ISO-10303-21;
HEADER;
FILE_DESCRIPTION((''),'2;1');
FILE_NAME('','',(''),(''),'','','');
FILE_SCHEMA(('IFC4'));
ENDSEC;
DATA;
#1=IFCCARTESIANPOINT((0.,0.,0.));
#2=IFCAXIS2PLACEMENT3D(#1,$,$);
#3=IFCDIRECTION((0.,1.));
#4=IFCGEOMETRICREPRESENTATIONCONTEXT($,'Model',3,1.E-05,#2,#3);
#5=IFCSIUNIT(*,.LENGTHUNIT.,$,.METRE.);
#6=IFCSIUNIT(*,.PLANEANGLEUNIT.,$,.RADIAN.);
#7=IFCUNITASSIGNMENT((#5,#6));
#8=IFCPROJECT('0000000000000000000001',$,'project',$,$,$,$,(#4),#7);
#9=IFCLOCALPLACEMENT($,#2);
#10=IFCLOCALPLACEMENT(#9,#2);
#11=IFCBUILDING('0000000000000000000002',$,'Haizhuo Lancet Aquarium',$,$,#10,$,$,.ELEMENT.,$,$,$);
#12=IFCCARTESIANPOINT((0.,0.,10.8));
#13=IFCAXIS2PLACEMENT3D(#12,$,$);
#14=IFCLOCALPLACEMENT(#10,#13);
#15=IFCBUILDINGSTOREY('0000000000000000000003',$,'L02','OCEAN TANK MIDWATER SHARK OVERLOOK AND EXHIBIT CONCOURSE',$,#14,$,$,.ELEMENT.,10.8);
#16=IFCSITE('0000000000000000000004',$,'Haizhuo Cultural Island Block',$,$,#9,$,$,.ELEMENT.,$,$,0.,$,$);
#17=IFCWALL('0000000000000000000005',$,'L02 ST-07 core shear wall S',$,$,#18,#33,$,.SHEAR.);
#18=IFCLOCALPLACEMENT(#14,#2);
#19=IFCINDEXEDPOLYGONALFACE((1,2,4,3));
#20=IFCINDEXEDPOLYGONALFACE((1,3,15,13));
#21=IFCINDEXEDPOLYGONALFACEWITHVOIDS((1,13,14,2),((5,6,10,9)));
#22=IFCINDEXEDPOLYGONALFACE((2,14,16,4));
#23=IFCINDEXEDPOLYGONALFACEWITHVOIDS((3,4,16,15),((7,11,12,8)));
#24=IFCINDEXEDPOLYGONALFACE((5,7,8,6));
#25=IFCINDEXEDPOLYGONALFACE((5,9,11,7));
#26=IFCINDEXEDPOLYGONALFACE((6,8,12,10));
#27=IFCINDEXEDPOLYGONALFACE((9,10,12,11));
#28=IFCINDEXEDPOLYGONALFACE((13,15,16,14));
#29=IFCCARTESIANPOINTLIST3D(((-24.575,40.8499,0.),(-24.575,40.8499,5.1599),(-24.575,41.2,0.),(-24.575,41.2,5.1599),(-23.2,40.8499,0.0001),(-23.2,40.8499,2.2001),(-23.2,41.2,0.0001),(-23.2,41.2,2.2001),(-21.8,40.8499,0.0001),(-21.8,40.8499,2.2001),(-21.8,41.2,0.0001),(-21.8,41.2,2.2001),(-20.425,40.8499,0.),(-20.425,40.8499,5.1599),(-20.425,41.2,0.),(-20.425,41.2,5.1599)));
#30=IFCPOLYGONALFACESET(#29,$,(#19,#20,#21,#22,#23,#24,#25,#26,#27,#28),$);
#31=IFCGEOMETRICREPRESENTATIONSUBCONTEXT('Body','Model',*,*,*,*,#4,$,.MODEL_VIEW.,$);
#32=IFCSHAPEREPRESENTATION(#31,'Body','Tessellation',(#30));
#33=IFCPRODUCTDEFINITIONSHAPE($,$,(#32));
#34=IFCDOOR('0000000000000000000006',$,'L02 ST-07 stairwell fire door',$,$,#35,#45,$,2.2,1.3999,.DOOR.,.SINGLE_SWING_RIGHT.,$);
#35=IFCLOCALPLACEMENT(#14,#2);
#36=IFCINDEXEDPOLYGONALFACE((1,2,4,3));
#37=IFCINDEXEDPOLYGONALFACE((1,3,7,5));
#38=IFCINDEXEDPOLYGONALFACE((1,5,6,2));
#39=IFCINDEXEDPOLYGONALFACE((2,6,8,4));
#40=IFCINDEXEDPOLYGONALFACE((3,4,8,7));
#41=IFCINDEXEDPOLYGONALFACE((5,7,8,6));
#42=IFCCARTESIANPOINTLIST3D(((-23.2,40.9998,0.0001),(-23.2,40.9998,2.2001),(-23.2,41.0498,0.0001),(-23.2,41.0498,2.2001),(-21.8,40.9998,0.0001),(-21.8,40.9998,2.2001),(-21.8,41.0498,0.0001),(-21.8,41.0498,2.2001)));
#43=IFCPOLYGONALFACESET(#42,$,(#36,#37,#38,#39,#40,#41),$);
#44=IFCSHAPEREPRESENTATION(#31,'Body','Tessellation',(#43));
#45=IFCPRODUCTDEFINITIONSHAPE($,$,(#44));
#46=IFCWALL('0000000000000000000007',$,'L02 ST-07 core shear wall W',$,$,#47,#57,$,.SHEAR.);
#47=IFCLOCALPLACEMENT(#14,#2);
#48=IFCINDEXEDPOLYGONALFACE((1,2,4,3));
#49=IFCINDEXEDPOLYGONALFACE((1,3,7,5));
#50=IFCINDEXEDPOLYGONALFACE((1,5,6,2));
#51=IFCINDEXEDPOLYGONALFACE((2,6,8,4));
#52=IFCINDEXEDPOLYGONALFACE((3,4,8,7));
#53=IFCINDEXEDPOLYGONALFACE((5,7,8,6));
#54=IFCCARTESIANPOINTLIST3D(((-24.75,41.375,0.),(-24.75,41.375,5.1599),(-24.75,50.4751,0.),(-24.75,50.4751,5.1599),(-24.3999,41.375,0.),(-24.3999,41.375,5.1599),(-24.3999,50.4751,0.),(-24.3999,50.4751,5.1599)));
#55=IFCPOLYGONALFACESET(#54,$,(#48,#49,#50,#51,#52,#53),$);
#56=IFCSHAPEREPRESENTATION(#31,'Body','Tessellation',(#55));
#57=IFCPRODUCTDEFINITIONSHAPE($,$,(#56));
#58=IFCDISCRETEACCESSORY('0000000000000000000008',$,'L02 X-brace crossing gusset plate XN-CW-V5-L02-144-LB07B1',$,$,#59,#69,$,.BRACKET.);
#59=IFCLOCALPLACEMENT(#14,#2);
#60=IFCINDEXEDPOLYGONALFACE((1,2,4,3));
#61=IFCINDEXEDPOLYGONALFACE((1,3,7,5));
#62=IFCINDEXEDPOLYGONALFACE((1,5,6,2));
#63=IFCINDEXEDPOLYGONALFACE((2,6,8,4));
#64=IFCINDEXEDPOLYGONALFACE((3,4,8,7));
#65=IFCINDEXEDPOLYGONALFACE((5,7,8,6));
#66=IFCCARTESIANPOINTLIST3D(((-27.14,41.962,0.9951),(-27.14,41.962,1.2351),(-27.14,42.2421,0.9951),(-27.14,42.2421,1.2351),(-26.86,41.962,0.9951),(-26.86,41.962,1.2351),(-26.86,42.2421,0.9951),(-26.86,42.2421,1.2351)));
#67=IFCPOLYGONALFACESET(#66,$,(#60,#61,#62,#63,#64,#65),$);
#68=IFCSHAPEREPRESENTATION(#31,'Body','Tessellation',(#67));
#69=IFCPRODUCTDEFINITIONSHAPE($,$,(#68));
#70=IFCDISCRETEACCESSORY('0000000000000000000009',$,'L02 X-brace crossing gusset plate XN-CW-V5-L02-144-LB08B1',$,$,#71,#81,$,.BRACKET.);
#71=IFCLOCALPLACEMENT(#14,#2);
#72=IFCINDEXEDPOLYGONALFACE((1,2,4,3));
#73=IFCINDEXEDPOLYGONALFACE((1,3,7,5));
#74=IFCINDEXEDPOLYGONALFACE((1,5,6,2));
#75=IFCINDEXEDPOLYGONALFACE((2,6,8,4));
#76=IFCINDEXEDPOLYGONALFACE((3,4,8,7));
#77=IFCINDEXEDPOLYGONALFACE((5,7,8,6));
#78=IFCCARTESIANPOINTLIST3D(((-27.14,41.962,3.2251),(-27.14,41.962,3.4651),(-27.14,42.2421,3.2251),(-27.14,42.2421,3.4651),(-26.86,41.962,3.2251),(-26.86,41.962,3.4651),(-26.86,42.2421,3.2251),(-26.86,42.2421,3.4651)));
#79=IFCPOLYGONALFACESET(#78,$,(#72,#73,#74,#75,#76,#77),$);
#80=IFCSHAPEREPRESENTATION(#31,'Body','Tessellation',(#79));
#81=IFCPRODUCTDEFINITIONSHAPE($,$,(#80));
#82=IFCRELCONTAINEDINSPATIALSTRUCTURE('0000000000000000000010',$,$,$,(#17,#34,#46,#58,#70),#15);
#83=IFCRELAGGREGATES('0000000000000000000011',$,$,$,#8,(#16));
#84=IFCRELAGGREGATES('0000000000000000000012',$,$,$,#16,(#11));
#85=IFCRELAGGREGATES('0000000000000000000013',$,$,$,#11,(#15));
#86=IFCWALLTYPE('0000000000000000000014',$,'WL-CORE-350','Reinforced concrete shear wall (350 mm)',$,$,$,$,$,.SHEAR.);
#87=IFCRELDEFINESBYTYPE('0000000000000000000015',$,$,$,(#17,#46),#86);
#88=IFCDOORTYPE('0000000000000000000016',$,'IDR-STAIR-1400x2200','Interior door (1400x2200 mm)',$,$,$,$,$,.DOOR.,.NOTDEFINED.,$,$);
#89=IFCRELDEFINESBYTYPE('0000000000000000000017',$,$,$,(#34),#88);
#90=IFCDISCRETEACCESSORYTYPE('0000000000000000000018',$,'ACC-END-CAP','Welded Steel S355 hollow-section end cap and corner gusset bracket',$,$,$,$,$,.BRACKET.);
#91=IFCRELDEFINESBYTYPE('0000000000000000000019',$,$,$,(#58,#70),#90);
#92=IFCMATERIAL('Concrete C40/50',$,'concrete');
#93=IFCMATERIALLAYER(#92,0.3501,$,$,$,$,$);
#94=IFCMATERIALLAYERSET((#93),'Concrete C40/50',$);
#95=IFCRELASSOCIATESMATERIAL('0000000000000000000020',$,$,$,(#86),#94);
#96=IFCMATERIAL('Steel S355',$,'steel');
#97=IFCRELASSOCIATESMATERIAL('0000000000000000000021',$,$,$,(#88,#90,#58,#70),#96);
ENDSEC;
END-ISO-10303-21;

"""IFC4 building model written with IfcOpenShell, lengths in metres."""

from ifc_helpers import new_model, si_unit, direction, frame, frame_2d, origin, origin_2d, place, context, subcontext, project, spatial, rectangle, extrude, material, layer, layer_set, type_object, element, fill, save


model = new_model("IFC4")

# Units and contexts
model_context = context("Model", 3, precision=1e-05, world=origin(), true_north=direction((0.0, 1.0)))
body_context = subcontext(model_context, "Body", "Model", "MODEL_VIEW")
ifc_project = project(units=[si_unit("LENGTHUNIT", "METRE"), si_unit("PLANEANGLEUNIT", "RADIAN")], contexts=[model_context])

# Site, building, storey
site_placement = place(None, origin())
site = spatial("IfcSite", under=ifc_project, at=site_placement, Name="Haizhuo Cultural Island Block", CompositionType="ELEMENT", RefElevation=0.0)
building_placement = place(site_placement, origin())
building = spatial("IfcBuilding", under=site, at=building_placement, Name="Haizhuo Lancet Aquarium", CompositionType="ELEMENT")
storey_placement = place(building_placement, frame((0.0, 0.0, 10.8)))
storey = spatial("IfcBuildingStorey", under=building, at=storey_placement, Name="L02", Description="OCEAN TANK MIDWATER SHARK OVERLOOK AND EXHIBIT CONCOURSE", CompositionType="ELEMENT", Elevation=10.8)

# Shared definitions
ifc_material_1 = material(Name="Steel S355", Category="steel")

# Wall, opening, door
ifc_material_2 = material(Name="Concrete C40/50", Category="concrete")
ifc_layer_1 = layer(ifc_material_2, 0.3501)
ifc_layer_set_1 = layer_set([ifc_layer_1], Name="Concrete C40/50")
wall_type = type_object("IfcWallType", Name="WL-CORE-350", Description="Reinforced concrete shear wall (350 mm)", PredefinedType="SHEAR", material=ifc_layer_set_1)
wall_1_placement = place(storey_placement, frame((-24.575, 41.0249, 0.0), z_axis=(0.0, 0.0, 1.0), x_axis=(1.0, 0.0, 0.0)))
wall_1 = element("IfcWall", 1, at=wall_1_placement, inside=storey, type_object=wall_type, Name="L02 ST-07 core shear wall S", PredefinedType="SHEAR", context=body_context, shape_type="SweptSolid", body=[
    extrude(rectangle(XDim=4.1499, YDim=0.3501, at=frame_2d((2.075, 0.0))), origin(), (0.0, 0.0, 1.0), 5.1599),
])
opening_placement = place(wall_1_placement, frame((1.375, 0.0, 0.0)))
opening = element("IfcOpeningElement", 2, at=opening_placement, cuts=wall_1, PredefinedType="OPENING", context=body_context, shape_type="SweptSolid", body=[
    extrude(rectangle(XDim=1.3999, YDim=2.2, at=frame_2d((0.7, 1.1001))), frame((0.0, 0.1851, 0.0), z_axis=(0.0, -1.0, 0.0), x_axis=(1.0, 0.0, 0.0)), (0.0, 0.0, 1.0), 0.3701),
])
door_type = type_object("IfcDoorType", Name="IDR-STAIR-1400x2200", Description="Interior door (1400x2200 mm)", OperationType="NOTDEFINED", PredefinedType="DOOR", material=ifc_material_1)
door_placement = place(opening_placement, origin())
door = element("IfcDoor", 3, at=door_placement, inside=storey, type_object=door_type, Name="L02 ST-07 stairwell fire door", OperationType="SINGLE_SWING_RIGHT", OverallHeight=2.2, OverallWidth=1.3999, PredefinedType="DOOR", context=body_context, shape_type="SweptSolid", body=[
    extrude(rectangle(XDim=1.3999, YDim=2.2, at=frame_2d((0.7, 1.1001))), frame((0.0, 0.0249, 0.0), z_axis=(0.0, -1.0, 0.0), x_axis=(1.0, 0.0, 0.0)), (0.0, 0.0, 1.0), 0.05),
])
fill(opening, door)

# Wall
wall_2_placement = place(storey_placement, frame((-24.575, 41.375, 0.0), z_axis=(0.0, 0.0, 1.0), x_axis=(0.0, 1.0, 0.0)))
element("IfcWall", 4, at=wall_2_placement, inside=storey, type_object=wall_type, Name="L02 ST-07 core shear wall W", PredefinedType="SHEAR", context=body_context, shape_type="SweptSolid", body=[
    extrude(rectangle(XDim=9.1001, YDim=0.3501, at=frame_2d((4.55, 0.0))), origin(), (0.0, 0.0, 1.0), 5.1599),
])

# Discrete accessories
discrete_accessory_type = type_object("IfcDiscreteAccessoryType", Name="ACC-END-CAP", Description="Welded Steel S355 hollow-section end cap and corner gusset bracket", PredefinedType="BRACKET", material=ifc_material_1)
for number, where, z_axis, x_axis, name in (
    (5, (-27.0, 42.1021, 0.9951), (0.0, 0.0, 1.0), (1.0, 0.0, 0.0), "L02 X-brace crossing gusset plate XN-CW-V5-L02-144-LB07B1"),
    (6, (-27.0, 42.1021, 3.2251), (0.0, 0.0, 1.0), (1.0, 0.0, 0.0), "L02 X-brace crossing gusset plate XN-CW-V5-L02-144-LB08B1"),
):
    element("IfcDiscreteAccessory", number, at=place(storey_placement, frame(where, z_axis=z_axis, x_axis=x_axis)), inside=storey, type_object=discrete_accessory_type, material=ifc_material_1, Name=name, PredefinedType="BRACKET", context=body_context, shape_type="SweptSolid", body=[
        extrude(rectangle(XDim=0.28, YDim=0.28, at=origin_2d()), origin(), (0.0, 0.0, 1.0), 0.24),
    ])

save(model, "model.ifc")
